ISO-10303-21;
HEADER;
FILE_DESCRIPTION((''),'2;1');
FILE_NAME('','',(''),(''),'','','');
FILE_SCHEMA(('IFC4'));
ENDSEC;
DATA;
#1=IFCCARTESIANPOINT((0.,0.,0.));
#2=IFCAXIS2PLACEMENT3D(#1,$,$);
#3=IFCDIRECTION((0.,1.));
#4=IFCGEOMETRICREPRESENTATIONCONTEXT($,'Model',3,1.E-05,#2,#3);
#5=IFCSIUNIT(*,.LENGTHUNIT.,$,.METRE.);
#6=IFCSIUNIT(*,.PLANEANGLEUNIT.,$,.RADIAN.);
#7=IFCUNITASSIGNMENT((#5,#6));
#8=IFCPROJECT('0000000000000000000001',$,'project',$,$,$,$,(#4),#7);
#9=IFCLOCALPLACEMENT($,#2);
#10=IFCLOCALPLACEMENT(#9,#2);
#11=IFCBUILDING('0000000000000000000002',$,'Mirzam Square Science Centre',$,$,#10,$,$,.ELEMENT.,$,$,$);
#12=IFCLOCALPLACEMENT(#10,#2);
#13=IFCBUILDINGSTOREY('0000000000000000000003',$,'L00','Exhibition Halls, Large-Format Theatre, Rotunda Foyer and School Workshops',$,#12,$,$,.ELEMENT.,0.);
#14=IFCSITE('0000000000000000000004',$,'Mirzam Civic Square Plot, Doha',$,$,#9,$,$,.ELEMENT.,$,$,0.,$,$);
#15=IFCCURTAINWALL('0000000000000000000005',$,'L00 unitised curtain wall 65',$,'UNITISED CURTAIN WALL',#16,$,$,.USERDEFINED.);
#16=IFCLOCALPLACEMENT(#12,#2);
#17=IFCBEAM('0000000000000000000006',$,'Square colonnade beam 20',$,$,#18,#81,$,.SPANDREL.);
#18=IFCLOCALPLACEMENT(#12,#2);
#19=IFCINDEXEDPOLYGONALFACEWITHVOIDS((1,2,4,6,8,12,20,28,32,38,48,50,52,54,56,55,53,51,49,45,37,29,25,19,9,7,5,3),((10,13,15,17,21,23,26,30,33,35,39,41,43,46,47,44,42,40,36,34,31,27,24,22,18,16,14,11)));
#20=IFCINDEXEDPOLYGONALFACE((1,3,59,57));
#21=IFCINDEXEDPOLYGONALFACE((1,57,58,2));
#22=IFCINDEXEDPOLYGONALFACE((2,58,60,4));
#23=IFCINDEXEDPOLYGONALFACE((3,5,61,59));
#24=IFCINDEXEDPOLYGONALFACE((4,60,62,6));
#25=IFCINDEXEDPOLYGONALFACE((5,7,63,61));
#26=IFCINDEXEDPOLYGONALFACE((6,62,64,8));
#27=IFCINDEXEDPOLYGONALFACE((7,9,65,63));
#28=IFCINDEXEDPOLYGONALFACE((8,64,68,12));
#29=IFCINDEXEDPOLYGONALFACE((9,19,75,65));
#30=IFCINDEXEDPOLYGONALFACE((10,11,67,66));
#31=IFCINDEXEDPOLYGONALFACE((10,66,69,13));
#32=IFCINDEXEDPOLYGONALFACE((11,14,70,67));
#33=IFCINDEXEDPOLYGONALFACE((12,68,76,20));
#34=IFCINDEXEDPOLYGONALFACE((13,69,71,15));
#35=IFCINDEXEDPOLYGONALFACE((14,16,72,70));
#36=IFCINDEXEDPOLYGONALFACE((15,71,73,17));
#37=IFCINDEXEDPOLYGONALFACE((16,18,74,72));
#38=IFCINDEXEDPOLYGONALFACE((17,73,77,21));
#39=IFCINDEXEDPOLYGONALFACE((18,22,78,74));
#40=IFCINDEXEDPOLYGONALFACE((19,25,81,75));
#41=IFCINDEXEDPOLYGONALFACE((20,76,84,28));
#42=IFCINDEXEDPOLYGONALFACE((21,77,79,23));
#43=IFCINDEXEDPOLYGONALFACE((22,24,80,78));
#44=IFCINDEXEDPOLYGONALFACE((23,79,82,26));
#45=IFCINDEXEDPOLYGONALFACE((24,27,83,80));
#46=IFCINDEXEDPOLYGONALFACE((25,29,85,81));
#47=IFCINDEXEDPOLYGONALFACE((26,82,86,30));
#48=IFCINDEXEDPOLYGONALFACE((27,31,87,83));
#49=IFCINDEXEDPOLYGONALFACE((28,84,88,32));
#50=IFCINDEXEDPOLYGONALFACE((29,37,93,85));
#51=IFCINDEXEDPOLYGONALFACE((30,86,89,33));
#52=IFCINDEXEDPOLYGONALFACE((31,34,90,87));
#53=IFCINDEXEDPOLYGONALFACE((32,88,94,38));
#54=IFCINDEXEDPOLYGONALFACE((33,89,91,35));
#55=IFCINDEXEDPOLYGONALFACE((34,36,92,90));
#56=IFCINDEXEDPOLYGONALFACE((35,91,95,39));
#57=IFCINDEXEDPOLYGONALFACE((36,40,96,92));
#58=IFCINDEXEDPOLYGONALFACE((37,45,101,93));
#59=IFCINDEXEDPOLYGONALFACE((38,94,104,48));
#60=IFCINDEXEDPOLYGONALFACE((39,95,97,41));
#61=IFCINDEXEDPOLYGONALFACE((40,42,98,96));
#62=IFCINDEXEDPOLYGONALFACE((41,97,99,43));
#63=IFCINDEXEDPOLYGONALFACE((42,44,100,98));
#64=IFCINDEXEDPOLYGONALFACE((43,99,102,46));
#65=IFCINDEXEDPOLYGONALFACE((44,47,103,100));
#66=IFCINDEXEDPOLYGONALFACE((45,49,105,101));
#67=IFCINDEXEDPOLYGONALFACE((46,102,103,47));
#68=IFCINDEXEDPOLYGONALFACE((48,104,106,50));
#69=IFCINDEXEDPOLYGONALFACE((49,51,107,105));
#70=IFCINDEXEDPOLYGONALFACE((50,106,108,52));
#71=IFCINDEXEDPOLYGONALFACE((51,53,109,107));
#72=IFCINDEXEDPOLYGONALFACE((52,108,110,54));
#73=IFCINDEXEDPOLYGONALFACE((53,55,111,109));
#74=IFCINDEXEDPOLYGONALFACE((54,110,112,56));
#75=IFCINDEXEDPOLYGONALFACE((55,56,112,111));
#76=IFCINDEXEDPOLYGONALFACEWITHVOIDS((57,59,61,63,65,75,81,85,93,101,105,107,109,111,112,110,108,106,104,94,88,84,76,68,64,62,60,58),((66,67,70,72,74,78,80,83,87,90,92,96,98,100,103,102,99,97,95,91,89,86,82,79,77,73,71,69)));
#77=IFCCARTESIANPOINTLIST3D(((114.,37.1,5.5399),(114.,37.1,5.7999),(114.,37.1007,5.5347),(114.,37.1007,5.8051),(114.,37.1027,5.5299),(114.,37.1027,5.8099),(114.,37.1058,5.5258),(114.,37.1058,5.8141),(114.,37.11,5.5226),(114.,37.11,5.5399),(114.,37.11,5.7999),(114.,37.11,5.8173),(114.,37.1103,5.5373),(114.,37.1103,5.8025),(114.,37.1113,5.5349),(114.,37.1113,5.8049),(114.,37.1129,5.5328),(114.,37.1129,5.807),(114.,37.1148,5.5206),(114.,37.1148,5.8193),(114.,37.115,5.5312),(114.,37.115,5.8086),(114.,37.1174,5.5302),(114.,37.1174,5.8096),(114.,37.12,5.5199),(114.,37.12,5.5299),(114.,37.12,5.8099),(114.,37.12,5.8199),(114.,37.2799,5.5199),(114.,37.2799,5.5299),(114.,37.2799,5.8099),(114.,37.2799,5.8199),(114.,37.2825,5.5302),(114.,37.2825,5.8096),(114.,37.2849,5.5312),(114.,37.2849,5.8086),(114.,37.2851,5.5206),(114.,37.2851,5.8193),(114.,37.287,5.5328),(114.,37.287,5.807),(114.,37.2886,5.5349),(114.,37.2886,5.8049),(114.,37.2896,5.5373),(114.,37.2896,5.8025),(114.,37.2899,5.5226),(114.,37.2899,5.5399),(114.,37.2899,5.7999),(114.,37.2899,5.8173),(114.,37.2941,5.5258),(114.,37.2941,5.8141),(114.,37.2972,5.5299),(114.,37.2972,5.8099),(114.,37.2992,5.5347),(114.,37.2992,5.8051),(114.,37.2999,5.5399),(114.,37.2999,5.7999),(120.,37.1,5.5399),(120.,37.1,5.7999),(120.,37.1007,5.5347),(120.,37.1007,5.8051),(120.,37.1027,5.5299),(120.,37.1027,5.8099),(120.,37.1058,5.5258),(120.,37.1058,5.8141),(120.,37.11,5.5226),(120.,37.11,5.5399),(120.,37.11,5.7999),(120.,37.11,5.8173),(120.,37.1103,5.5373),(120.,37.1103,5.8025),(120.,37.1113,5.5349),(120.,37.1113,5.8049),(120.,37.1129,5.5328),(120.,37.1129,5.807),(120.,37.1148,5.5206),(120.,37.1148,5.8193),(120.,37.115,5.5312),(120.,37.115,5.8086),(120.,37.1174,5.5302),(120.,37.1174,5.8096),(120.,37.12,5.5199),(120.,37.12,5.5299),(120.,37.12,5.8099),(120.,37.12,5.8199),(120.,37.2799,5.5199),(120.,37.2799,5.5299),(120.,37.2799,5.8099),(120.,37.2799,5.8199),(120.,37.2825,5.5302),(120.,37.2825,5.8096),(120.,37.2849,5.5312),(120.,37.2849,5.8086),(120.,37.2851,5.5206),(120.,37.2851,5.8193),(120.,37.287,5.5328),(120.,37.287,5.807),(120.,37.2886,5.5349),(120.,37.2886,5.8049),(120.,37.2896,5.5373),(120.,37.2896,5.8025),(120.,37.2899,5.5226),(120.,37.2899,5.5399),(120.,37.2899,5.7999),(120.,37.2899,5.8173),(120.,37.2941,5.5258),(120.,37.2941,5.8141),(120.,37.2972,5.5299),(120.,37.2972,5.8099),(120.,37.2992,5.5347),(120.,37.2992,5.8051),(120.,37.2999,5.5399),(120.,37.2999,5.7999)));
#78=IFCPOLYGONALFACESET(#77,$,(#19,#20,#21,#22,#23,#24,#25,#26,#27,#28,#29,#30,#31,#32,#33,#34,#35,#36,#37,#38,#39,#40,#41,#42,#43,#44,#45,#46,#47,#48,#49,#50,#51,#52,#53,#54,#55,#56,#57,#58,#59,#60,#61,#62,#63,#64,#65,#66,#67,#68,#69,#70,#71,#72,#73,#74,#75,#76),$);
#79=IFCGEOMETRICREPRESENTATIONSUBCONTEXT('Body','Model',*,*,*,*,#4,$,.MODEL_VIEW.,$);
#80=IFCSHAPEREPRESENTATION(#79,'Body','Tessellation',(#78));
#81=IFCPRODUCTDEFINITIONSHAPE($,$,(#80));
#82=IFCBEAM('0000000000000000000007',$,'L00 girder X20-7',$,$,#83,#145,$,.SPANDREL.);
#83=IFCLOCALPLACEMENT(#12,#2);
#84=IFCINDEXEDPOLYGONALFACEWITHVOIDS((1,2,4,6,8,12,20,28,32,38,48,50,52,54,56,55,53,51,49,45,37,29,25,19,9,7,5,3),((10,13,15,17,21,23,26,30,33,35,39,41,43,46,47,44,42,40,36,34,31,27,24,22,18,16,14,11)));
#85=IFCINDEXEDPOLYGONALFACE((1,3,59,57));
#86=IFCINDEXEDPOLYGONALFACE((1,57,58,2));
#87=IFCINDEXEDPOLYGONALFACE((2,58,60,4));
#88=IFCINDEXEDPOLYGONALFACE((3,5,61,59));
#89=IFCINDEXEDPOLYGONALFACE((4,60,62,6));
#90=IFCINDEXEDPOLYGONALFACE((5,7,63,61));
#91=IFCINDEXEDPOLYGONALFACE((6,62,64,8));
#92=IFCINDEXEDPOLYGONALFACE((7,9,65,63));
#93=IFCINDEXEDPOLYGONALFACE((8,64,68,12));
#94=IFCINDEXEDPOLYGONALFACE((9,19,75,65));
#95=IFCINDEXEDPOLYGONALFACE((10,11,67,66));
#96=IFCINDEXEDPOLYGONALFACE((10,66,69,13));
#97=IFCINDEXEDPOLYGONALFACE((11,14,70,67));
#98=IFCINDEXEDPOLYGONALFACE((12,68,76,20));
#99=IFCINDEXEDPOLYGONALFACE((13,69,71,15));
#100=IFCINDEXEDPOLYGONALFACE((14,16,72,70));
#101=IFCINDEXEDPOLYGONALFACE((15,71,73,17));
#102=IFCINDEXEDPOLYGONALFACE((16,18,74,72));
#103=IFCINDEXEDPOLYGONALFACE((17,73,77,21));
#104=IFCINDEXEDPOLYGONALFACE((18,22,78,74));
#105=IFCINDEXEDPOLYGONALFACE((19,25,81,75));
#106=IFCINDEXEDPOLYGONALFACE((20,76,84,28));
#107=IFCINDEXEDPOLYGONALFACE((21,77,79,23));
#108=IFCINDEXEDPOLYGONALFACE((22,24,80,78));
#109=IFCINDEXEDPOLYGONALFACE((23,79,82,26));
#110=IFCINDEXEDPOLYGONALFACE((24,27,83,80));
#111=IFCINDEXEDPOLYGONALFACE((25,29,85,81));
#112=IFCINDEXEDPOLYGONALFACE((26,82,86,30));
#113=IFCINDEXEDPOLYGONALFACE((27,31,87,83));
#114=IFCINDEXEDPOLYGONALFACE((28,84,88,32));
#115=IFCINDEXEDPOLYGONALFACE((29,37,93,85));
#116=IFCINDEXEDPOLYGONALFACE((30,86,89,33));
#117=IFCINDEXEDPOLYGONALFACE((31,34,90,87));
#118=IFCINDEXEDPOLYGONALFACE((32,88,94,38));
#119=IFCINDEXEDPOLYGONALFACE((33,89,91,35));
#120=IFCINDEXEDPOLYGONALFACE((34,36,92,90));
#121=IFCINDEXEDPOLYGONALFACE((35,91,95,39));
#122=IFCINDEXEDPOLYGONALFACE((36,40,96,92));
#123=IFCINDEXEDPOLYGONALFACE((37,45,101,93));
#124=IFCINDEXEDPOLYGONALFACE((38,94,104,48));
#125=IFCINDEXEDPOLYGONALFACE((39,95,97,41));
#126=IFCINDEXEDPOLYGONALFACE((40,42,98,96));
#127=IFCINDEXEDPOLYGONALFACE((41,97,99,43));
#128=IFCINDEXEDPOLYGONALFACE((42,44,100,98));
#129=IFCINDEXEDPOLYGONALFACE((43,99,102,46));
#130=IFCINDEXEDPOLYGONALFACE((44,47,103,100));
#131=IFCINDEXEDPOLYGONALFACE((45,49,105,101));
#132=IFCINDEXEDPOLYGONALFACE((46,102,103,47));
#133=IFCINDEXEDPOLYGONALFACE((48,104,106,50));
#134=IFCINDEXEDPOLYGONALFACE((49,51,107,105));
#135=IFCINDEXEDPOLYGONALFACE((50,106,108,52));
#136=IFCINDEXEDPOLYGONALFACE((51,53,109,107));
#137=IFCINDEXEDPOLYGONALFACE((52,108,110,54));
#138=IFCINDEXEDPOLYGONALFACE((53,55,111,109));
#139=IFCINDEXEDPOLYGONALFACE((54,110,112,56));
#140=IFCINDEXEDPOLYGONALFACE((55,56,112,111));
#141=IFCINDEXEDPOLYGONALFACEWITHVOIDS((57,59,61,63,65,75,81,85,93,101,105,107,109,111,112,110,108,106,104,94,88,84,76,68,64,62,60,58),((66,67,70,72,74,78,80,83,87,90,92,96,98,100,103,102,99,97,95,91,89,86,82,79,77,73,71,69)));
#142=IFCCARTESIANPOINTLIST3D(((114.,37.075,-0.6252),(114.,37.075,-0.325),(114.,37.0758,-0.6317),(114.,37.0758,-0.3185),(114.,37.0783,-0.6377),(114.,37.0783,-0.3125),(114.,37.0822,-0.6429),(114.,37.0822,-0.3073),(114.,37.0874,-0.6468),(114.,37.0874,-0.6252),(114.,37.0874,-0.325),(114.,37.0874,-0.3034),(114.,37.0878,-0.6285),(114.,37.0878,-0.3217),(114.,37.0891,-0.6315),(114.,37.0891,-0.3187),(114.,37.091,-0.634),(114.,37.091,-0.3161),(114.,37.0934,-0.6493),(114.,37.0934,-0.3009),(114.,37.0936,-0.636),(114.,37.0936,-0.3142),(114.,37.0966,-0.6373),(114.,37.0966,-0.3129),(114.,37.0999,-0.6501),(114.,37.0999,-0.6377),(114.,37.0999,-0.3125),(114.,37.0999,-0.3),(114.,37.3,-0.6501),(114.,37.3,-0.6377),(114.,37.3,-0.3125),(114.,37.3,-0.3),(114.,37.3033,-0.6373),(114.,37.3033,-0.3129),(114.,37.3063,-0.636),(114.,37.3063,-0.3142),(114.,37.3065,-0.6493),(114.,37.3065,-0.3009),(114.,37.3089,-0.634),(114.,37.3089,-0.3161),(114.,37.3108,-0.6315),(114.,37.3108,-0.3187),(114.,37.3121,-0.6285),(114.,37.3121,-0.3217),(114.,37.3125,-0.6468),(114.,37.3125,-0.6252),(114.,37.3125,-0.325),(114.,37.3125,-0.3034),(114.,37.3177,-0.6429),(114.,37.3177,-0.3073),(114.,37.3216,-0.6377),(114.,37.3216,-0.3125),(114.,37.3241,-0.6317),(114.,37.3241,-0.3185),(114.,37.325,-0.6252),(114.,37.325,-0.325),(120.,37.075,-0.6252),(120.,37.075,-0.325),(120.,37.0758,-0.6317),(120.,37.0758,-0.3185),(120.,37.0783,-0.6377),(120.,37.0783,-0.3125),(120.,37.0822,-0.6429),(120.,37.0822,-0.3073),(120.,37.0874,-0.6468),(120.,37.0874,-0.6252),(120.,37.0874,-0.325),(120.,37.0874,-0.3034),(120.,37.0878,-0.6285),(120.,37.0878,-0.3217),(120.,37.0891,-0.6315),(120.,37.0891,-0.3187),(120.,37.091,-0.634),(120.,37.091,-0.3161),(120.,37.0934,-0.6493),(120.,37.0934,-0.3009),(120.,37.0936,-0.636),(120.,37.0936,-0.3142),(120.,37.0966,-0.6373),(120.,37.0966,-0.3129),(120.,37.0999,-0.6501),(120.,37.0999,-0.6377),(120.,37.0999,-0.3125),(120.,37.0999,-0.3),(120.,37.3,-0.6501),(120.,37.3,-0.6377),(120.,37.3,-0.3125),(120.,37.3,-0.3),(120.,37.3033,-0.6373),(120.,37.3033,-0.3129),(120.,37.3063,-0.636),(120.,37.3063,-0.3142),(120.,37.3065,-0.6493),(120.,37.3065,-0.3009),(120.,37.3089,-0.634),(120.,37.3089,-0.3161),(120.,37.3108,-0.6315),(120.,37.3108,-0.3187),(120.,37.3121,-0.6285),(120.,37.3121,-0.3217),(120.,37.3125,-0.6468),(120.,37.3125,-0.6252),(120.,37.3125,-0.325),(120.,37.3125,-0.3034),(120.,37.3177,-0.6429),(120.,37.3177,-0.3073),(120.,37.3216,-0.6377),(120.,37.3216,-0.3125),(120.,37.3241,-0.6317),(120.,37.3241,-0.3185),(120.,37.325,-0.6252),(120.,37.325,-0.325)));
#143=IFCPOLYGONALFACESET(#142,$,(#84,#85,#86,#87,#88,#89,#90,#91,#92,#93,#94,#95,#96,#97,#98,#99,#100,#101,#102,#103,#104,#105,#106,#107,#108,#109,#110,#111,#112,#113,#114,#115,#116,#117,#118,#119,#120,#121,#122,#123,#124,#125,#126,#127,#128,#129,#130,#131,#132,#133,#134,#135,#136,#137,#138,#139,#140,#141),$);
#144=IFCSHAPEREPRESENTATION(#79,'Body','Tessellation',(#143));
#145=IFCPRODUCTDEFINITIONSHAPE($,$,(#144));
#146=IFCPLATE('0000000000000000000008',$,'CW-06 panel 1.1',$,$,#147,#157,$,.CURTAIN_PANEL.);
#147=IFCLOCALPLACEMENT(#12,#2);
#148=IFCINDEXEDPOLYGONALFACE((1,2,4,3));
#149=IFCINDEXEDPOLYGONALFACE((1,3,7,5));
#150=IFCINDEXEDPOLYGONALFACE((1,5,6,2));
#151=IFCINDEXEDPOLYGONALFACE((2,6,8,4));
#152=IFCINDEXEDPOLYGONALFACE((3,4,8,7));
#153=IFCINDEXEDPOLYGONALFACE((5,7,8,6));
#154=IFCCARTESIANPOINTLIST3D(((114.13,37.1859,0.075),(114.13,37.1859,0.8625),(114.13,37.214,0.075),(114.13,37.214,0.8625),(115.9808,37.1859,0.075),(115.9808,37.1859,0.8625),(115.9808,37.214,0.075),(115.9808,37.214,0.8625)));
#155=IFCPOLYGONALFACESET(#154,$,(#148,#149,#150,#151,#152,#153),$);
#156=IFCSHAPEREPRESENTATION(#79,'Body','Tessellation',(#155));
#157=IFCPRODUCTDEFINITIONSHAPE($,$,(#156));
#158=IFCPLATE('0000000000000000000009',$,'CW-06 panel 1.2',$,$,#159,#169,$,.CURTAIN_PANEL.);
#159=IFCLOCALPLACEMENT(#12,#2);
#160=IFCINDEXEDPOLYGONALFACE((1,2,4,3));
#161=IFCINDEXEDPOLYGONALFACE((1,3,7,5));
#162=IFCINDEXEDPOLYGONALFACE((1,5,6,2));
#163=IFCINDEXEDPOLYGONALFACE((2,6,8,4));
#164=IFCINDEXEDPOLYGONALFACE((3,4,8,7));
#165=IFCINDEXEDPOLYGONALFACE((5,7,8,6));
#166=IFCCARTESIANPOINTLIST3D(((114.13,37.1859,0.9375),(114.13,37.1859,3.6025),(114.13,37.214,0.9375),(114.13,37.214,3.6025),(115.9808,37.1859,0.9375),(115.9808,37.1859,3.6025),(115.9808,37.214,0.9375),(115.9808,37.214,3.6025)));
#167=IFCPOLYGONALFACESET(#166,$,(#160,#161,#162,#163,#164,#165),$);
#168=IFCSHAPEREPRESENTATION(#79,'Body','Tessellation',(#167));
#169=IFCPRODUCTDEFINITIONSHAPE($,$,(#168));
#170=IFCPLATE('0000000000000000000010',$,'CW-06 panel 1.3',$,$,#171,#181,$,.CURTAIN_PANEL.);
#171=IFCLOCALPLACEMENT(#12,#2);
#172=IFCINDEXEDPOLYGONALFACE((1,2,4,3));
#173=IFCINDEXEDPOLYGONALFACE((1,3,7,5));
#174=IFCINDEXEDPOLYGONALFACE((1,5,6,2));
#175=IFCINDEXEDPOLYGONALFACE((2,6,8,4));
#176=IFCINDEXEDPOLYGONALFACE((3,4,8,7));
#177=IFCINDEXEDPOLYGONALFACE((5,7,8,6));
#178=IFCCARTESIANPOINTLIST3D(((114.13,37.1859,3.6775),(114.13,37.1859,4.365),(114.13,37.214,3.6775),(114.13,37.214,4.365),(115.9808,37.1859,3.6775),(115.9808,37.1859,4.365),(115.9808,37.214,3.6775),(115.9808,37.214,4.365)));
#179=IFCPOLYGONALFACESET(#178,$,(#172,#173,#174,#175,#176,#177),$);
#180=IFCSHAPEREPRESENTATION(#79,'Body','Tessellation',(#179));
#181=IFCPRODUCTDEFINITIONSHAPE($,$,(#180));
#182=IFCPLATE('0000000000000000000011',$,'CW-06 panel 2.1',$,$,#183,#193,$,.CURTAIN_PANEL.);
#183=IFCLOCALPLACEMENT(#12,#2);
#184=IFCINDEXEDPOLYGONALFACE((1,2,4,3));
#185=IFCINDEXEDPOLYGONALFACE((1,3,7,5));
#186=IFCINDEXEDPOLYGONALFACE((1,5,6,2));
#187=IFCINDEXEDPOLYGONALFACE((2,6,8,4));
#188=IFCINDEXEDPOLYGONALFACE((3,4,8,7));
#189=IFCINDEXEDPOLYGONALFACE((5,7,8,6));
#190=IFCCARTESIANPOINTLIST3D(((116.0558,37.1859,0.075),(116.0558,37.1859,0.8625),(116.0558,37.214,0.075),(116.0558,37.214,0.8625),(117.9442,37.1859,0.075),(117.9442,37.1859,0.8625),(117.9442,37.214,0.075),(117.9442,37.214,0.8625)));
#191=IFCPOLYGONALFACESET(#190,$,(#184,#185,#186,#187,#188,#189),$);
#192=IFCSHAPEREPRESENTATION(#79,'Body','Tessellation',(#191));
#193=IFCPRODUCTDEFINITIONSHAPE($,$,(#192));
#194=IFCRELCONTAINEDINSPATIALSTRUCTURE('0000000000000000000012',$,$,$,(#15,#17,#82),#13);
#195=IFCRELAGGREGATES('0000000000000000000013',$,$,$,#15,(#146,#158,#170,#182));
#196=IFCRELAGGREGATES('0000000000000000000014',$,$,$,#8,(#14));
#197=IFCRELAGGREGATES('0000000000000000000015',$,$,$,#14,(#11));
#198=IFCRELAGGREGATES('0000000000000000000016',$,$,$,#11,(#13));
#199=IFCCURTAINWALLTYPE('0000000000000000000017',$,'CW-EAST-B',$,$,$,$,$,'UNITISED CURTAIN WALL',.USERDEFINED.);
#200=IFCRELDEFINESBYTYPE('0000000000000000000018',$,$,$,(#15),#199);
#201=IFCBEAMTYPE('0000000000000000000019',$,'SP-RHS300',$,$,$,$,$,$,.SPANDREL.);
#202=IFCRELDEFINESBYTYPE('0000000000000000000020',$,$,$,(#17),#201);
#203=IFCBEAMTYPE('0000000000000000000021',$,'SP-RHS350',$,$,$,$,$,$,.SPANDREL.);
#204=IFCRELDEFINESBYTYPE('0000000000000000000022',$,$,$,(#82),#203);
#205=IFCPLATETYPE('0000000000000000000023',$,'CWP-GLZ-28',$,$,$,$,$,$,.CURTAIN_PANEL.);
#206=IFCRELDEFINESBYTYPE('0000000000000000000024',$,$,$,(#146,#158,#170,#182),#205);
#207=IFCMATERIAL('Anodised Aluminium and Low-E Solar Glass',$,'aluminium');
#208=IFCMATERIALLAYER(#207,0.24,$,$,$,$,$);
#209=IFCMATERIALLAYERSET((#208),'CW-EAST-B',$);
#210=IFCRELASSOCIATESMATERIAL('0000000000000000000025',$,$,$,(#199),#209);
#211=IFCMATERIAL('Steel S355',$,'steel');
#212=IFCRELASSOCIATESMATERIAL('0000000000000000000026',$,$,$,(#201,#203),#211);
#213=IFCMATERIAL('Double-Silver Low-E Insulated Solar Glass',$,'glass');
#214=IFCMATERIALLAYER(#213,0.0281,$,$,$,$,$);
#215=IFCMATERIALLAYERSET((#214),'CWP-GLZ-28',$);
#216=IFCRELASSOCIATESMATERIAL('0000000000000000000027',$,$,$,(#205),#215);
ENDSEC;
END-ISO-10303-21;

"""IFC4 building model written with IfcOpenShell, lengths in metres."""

from ifc_helpers import new_model, si_unit, direction, frame, origin, origin_2d, place, context, subcontext, project, spatial, rectangle, hollow_rectangle, extrude, material, layer, layer_set, material_profile, profile_set, type_object, element, aggregate, save


model = new_model("IFC4")

# Units and contexts
model_context = context("Model", 3, precision=1e-05, world=origin(), true_north=direction((0.0, 1.0)))
body_context = subcontext(model_context, "Body", "Model", "MODEL_VIEW")
ifc_project = project(units=[si_unit("LENGTHUNIT", "METRE"), si_unit("PLANEANGLEUNIT", "RADIAN")], contexts=[model_context])

# Site, building, storey
site_placement = place(None, origin())
site = spatial("IfcSite", under=ifc_project, at=site_placement, Name="Mirzam Civic Square Plot, Doha", CompositionType="ELEMENT", RefElevation=0.0)
building_placement = place(site_placement, origin())
building = spatial("IfcBuilding", under=site, at=building_placement, Name="Mirzam Square Science Centre", CompositionType="ELEMENT")
storey_placement = place(building_placement, origin())
storey = spatial("IfcBuildingStorey", under=building, at=storey_placement, Name="L00", Description="Exhibition Halls, Large-Format Theatre, Rotunda Foyer and School Workshops", CompositionType="ELEMENT", Elevation=0.0)

# Shared definitions
ifc_material_1 = material(Name="Steel S355", Category="steel")

# Curtain wall
ifc_material_2 = material(Name="Anodised Aluminium and Low-E Solar Glass", Category="aluminium")
ifc_layer_1 = layer(ifc_material_2, 0.24)
ifc_layer_set_1 = layer_set([ifc_layer_1], Name="CW-EAST-B")
curtain_wall_type = type_object("IfcCurtainWallType", Name="CW-EAST-B", ElementType="UNITISED CURTAIN WALL", PredefinedType="USERDEFINED", material=ifc_layer_set_1)
curtain_wall_placement = place(storey_placement, origin())
curtain_wall = element("IfcCurtainWall", 1, at=curtain_wall_placement, inside=storey, type_object=curtain_wall_type, Name="L00 unitised curtain wall 65", ObjectType="UNITISED CURTAIN WALL", PredefinedType="USERDEFINED")

# Beams
ifc_material_profile_1 = material_profile(ifc_material_1, hollow_rectangle(XDim=0.2, YDim=0.3, WallThickness=0.01, InnerFilletRadius=0.01, OuterFilletRadius=0.02, at=origin_2d()), Name="300x200x10.0RHS")
ifc_profile_set_1 = profile_set([ifc_material_profile_1], Name="Steel S355")
beam_type_1 = type_object("IfcBeamType", Name="SP-RHS300", PredefinedType="SPANDREL", material=ifc_profile_set_1)
beam_1_placement = place(storey_placement, frame((114.0, 37.2, 5.6699), z_axis=(1.0, 0.0, 0.0), x_axis=(0.0, 1.0, 0.0)))
element("IfcBeam", 2, at=beam_1_placement, inside=storey, type_object=beam_type_1, Name="Square colonnade beam 20", PredefinedType="SPANDREL", context=body_context, shape_type="SweptSolid", body=[
    extrude(hollow_rectangle(XDim=0.2, YDim=0.3, WallThickness=0.01, InnerFilletRadius=0.01, OuterFilletRadius=0.02, at=origin_2d()), origin(), (0.0, 0.0, 1.0), 6.0),
])
ifc_material_profile_2 = material_profile(ifc_material_1, hollow_rectangle(XDim=0.25, YDim=0.3501, WallThickness=0.0125, InnerFilletRadius=0.0125, OuterFilletRadius=0.0249, at=origin_2d()), Name="350x250x12.5RHS")
ifc_profile_set_2 = profile_set([ifc_material_profile_2], Name="Steel S355")
beam_type_2 = type_object("IfcBeamType", Name="SP-RHS350", PredefinedType="SPANDREL", material=ifc_profile_set_2)
beam_2_placement = place(storey_placement, frame((114.0, 37.2, -0.4751), z_axis=(1.0, 0.0, 0.0), x_axis=(0.0, 1.0, 0.0)))
element("IfcBeam", 3, at=beam_2_placement, inside=storey, type_object=beam_type_2, Name="L00 girder X20-7", PredefinedType="SPANDREL", context=body_context, shape_type="SweptSolid", body=[
    extrude(hollow_rectangle(XDim=0.25, YDim=0.3501, WallThickness=0.0125, InnerFilletRadius=0.0125, OuterFilletRadius=0.0249, at=origin_2d()), origin(), (0.0, 0.0, 1.0), 6.0),
])

# Plates
ifc_material_3 = material(Name="Double-Silver Low-E Insulated Solar Glass", Category="glass")
ifc_layer_2 = layer(ifc_material_3, 0.0281)
ifc_layer_set_2 = layer_set([ifc_layer_2], Name="CWP-GLZ-28")
plate_type = type_object("IfcPlateType", Name="CWP-GLZ-28", PredefinedType="CURTAIN_PANEL", material=ifc_layer_set_2)
plate_1_placement = place(storey_placement, frame((115.0554, 37.2, 0.075), z_axis=(0.0, 0.0, 1.0), x_axis=(1.0, 0.0, 0.0)))
plate_1 = element("IfcPlate", 4, at=plate_1_placement, type_object=plate_type, Name="CW-06 panel 1.1", PredefinedType="CURTAIN_PANEL", context=body_context, shape_type="SweptSolid", body=[
    extrude(rectangle(XDim=1.8508, YDim=0.0281, at=origin_2d()), origin(), (0.0, 0.0, 1.0), 0.7876),
])
plate_2_placement = place(storey_placement, frame((115.0554, 37.2, 0.9375), z_axis=(0.0, 0.0, 1.0), x_axis=(1.0, 0.0, 0.0)))
plate_2 = element("IfcPlate", 5, at=plate_2_placement, type_object=plate_type, Name="CW-06 panel 1.2", PredefinedType="CURTAIN_PANEL", context=body_context, shape_type="SweptSolid", body=[
    extrude(rectangle(XDim=1.8508, YDim=0.0281, at=origin_2d()), origin(), (0.0, 0.0, 1.0), 2.665),
])
plate_3_placement = place(storey_placement, frame((115.0554, 37.2, 3.6775), z_axis=(0.0, 0.0, 1.0), x_axis=(1.0, 0.0, 0.0)))
plate_3 = element("IfcPlate", 6, at=plate_3_placement, type_object=plate_type, Name="CW-06 panel 1.3", PredefinedType="CURTAIN_PANEL", context=body_context, shape_type="SweptSolid", body=[
    extrude(rectangle(XDim=1.8508, YDim=0.0281, at=origin_2d()), origin(), (0.0, 0.0, 1.0), 0.6875),
])
plate_4_placement = place(storey_placement, frame((117.0, 37.2, 0.075), z_axis=(0.0, 0.0, 1.0), x_axis=(1.0, 0.0, 0.0)))
plate_4 = element("IfcPlate", 7, at=plate_4_placement, type_object=plate_type, Name="CW-06 panel 2.1", PredefinedType="CURTAIN_PANEL", context=body_context, shape_type="SweptSolid", body=[
    extrude(rectangle(XDim=1.8884, YDim=0.0281, at=origin_2d()), origin(), (0.0, 0.0, 1.0), 0.7876),
])
aggregate(curtain_wall, [plate_1, plate_2, plate_3, plate_4])

save(model, "model.ifc")
